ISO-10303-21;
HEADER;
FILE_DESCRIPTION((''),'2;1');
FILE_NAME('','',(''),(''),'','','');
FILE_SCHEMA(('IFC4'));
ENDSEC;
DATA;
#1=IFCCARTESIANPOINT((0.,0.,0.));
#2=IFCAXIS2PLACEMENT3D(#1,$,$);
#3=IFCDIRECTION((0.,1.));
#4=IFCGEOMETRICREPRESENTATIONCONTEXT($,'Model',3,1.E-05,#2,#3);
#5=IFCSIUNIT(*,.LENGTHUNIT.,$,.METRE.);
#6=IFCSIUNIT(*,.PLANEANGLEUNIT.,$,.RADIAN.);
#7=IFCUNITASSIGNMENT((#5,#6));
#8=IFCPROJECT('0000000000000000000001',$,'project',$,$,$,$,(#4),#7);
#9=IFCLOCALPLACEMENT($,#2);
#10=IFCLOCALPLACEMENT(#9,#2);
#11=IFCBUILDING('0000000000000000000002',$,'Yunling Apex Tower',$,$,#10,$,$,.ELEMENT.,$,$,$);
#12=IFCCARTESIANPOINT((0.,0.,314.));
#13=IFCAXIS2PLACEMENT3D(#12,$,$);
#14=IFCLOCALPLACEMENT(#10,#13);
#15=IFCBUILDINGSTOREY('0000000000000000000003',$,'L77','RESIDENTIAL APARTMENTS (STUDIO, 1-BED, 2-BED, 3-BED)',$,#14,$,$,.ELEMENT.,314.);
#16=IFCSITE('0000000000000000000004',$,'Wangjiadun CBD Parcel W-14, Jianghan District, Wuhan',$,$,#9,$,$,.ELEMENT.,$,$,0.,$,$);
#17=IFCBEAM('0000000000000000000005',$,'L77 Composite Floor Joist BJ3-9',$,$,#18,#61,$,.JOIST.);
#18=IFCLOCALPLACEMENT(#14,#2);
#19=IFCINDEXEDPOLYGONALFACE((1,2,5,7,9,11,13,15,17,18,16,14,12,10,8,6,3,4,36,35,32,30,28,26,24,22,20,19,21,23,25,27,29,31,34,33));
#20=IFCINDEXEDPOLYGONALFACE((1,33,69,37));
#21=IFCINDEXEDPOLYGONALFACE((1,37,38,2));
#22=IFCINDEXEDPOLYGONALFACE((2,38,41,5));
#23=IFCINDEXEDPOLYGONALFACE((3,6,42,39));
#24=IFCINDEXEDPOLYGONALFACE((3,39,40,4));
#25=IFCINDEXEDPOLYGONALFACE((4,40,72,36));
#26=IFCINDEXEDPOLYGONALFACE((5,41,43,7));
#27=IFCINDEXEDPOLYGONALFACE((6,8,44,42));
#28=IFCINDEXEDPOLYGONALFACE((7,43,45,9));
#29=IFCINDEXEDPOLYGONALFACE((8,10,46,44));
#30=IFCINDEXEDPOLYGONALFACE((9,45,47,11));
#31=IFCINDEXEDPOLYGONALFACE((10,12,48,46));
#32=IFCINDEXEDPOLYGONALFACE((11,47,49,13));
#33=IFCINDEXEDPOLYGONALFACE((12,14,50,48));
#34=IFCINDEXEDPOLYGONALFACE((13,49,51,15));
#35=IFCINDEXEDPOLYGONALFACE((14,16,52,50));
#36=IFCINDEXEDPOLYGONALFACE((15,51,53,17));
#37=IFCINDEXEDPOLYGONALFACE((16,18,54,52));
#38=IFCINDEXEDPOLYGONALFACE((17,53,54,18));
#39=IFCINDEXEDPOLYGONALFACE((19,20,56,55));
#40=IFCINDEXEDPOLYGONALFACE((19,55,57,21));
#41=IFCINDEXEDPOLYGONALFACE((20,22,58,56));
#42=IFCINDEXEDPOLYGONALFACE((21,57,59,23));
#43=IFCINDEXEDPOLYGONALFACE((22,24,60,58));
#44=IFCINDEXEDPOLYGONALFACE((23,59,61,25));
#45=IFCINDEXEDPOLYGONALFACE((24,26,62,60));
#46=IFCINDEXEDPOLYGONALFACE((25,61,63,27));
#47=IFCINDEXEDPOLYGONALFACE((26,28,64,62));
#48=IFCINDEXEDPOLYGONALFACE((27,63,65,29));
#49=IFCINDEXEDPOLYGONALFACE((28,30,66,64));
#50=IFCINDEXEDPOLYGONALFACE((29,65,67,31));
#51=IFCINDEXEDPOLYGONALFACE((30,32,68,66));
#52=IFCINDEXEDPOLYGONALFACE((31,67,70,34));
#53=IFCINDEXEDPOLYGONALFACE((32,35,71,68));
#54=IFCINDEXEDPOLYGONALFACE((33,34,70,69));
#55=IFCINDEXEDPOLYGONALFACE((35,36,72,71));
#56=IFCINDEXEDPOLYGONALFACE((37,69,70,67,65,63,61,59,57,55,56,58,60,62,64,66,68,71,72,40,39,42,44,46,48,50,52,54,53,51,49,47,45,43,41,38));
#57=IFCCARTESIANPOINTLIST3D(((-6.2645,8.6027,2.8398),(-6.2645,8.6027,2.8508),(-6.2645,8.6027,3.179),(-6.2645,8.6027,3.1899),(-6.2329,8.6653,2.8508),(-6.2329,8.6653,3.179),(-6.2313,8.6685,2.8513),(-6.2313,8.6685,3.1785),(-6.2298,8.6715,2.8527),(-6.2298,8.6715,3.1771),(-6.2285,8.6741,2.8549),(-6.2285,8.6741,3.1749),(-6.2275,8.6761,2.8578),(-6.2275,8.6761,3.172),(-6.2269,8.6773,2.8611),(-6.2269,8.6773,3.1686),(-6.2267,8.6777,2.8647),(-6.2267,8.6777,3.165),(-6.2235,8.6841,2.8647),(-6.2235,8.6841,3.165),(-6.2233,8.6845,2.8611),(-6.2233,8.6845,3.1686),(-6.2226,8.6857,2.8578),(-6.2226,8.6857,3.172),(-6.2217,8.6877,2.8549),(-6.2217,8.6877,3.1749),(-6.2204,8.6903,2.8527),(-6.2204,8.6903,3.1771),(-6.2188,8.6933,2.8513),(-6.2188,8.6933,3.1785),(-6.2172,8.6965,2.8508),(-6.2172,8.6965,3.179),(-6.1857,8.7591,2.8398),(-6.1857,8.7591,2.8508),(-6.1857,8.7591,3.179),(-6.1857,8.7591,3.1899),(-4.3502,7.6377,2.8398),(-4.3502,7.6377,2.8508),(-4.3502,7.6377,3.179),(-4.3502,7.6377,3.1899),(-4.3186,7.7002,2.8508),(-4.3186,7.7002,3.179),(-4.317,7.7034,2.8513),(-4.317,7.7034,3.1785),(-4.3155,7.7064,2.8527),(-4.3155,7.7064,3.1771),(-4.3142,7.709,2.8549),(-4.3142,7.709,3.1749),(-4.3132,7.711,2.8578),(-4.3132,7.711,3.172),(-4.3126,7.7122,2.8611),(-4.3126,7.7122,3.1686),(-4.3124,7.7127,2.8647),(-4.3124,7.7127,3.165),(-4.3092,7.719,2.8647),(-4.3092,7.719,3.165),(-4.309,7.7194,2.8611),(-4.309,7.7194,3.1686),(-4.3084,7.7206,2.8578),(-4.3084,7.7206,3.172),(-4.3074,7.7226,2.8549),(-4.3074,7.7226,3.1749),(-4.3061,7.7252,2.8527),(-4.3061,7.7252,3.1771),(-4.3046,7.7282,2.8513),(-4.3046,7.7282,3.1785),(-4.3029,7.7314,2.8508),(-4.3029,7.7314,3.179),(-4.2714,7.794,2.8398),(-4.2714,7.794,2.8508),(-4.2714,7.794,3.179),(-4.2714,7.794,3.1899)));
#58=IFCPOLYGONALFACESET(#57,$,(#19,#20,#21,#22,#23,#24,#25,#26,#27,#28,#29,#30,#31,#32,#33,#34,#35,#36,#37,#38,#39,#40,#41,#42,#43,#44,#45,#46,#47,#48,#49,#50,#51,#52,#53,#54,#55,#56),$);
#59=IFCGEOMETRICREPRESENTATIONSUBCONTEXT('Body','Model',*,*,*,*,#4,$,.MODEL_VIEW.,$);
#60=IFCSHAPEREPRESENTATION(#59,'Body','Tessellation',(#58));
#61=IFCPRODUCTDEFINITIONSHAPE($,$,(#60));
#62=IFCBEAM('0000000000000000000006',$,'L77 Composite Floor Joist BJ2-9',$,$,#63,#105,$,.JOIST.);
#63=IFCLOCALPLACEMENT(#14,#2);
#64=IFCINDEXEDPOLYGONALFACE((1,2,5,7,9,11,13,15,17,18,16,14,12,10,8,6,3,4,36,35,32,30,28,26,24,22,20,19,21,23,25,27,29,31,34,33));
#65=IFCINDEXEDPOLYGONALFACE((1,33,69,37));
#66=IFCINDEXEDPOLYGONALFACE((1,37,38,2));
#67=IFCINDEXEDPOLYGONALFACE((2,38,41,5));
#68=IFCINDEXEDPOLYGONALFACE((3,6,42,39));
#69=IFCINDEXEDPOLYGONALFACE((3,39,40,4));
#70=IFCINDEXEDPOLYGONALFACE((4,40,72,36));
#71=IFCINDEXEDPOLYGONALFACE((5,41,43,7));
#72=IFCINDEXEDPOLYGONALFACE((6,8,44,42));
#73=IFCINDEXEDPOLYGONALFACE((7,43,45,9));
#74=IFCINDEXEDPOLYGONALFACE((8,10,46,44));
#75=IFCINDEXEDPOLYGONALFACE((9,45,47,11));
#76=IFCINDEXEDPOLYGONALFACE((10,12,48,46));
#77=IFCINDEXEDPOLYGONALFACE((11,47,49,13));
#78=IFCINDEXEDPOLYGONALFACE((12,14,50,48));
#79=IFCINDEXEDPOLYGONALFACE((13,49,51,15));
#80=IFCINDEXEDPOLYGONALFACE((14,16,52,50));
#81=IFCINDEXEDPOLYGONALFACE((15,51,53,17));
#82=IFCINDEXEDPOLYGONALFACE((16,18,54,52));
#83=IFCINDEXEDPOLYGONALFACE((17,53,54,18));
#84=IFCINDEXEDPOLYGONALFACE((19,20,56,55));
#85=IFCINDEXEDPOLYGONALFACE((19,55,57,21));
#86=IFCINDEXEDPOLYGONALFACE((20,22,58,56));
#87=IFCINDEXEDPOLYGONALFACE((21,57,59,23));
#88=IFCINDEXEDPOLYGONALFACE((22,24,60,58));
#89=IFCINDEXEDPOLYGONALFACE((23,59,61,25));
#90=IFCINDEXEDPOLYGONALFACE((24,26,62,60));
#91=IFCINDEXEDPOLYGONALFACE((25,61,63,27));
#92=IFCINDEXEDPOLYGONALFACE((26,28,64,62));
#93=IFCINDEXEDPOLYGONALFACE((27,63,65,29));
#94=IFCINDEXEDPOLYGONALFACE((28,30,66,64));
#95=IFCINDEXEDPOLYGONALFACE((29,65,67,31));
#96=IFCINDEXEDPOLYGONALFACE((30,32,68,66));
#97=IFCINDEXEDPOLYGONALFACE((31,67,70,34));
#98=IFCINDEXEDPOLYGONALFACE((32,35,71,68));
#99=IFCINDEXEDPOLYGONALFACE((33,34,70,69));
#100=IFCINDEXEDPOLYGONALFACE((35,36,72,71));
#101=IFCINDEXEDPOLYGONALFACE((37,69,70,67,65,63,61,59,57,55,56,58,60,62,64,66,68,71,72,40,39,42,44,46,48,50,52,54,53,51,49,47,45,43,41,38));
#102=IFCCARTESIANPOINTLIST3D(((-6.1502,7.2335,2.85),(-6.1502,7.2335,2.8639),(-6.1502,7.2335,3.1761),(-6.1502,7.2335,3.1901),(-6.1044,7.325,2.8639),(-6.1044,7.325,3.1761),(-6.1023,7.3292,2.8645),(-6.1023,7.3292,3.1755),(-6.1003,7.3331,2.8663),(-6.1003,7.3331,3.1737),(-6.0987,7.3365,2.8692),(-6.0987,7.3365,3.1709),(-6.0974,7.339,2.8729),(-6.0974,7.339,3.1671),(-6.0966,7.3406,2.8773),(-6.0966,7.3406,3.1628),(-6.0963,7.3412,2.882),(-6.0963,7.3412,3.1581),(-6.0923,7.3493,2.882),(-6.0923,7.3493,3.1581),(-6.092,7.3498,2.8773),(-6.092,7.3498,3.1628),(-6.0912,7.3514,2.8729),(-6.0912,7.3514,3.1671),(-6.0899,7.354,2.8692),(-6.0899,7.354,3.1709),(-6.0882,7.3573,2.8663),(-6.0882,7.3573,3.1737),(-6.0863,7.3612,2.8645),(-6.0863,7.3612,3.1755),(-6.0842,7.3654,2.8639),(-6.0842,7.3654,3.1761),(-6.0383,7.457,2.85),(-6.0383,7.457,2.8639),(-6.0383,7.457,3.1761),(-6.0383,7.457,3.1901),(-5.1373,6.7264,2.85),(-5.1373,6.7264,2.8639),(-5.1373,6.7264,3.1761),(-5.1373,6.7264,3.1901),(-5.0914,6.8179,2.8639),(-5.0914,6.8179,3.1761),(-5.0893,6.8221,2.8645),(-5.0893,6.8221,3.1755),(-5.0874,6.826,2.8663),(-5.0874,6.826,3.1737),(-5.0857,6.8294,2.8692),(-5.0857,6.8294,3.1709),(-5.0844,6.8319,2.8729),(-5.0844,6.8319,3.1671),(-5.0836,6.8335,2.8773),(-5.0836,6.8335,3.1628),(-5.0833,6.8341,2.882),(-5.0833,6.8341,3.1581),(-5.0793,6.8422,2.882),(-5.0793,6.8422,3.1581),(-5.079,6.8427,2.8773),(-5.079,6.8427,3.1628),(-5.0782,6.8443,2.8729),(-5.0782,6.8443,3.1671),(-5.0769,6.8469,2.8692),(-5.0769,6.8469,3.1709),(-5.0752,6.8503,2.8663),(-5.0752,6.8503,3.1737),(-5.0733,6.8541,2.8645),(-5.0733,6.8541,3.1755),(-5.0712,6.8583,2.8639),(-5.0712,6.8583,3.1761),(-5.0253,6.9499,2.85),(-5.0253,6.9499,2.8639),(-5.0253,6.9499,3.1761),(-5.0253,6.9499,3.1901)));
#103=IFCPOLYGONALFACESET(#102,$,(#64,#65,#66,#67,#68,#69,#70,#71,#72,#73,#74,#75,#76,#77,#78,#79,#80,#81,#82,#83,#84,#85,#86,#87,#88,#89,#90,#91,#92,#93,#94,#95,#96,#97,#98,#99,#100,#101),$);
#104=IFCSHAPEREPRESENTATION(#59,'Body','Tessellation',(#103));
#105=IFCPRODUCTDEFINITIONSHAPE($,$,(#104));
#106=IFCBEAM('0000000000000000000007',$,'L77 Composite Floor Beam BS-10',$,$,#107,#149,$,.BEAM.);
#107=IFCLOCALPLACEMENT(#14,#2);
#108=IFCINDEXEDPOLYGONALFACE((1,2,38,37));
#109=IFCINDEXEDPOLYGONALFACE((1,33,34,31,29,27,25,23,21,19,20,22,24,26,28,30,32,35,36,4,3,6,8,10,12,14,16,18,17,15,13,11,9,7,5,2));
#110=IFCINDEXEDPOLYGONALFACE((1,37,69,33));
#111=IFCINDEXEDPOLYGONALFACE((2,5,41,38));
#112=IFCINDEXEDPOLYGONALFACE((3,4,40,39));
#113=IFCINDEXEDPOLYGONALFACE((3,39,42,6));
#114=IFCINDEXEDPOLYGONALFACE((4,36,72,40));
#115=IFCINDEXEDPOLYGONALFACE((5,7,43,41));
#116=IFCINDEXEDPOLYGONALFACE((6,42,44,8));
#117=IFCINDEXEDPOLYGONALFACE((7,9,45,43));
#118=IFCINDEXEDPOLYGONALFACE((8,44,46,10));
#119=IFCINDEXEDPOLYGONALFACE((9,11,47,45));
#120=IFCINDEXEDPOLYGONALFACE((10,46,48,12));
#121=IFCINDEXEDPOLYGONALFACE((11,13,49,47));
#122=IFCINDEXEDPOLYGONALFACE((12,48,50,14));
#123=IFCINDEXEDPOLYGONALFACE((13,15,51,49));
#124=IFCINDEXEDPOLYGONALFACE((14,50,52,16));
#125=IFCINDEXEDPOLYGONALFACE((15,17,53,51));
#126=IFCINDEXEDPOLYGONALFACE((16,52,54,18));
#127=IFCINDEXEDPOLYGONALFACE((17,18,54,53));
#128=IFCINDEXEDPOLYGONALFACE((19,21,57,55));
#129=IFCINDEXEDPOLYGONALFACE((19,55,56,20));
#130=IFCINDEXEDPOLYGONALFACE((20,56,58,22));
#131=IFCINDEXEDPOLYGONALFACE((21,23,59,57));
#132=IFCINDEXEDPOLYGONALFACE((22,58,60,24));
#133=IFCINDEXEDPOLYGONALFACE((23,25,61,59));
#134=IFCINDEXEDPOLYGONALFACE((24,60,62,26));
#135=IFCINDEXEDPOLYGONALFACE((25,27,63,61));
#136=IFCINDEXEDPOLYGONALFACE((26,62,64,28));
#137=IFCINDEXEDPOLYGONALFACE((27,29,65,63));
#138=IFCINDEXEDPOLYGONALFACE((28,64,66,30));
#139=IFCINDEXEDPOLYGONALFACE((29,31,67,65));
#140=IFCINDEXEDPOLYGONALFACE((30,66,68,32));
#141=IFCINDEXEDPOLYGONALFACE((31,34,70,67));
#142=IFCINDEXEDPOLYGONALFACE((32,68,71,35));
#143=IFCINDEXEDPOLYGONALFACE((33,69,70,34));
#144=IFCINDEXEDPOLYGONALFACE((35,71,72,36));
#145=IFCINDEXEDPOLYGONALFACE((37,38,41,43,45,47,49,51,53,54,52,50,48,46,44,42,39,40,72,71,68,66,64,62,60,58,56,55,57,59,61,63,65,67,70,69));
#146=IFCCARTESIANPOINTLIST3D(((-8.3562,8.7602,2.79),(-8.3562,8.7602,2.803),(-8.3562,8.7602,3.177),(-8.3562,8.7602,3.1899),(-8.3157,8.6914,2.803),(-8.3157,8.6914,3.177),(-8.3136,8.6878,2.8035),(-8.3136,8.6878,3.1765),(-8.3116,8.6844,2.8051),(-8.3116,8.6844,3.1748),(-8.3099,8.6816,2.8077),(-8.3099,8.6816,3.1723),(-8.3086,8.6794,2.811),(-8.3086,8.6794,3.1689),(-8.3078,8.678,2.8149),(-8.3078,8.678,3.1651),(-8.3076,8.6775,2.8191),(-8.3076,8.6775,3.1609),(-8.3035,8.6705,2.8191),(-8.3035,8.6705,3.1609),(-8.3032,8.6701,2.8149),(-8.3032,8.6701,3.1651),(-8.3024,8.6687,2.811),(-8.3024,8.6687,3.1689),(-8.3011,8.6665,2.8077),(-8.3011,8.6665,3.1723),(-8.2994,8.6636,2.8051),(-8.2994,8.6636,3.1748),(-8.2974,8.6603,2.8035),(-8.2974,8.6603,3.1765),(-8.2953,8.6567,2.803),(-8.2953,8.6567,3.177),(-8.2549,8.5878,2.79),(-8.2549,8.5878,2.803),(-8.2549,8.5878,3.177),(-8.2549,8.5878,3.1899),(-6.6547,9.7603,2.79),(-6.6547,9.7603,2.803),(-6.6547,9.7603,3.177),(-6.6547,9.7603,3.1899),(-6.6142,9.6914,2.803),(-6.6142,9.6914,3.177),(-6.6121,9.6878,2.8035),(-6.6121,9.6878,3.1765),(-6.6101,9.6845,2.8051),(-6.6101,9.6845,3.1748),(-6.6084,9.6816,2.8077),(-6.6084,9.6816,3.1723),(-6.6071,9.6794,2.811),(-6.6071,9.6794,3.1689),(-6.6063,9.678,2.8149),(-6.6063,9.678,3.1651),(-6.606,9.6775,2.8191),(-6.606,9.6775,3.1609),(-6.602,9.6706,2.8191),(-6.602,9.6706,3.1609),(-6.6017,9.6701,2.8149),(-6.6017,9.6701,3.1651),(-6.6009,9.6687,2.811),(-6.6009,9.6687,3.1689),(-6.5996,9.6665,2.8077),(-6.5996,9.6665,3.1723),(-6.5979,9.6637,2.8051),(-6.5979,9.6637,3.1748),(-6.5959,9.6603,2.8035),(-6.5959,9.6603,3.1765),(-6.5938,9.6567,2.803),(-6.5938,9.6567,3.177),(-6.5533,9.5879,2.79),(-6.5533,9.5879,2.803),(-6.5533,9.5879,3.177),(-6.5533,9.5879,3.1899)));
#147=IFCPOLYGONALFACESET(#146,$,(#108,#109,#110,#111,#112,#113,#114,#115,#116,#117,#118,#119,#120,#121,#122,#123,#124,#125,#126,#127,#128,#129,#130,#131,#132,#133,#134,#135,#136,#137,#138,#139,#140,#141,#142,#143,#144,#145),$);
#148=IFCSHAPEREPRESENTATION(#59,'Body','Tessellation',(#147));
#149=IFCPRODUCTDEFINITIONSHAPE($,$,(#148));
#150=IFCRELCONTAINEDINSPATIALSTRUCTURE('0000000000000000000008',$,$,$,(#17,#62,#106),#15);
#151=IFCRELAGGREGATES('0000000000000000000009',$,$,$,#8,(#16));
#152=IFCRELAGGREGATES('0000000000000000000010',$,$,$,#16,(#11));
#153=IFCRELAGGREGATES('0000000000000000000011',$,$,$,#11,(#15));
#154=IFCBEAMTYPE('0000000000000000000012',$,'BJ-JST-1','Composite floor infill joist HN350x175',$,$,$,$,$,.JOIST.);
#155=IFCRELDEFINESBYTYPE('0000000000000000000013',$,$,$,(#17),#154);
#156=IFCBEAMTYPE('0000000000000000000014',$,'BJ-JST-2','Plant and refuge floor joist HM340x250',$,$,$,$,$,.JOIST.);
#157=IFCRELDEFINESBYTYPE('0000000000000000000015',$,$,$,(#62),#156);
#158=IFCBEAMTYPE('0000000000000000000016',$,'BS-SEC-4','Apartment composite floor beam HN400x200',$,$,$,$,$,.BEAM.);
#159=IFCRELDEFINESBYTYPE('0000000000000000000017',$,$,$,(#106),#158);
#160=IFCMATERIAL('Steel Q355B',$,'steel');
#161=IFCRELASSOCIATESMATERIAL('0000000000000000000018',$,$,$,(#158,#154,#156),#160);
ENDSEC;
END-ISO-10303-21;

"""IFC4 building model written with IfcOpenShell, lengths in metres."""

from ifc_helpers import new_model, si_unit, direction, frame, origin, origin_2d, place, context, subcontext, project, spatial, i_section, extrude, source, transform, mapped, material, material_profile, profile_set, type_object, element, save


model = new_model("IFC4")

# Units and contexts
model_context = context("Model", 3, precision=1e-05, world=origin(), true_north=direction((0.0, 1.0)))
body_context = subcontext(model_context, "Body", "Model", "MODEL_VIEW")
ifc_project = project(units=[si_unit("LENGTHUNIT", "METRE"), si_unit("PLANEANGLEUNIT", "RADIAN")], contexts=[model_context])

# Site, building, storey
site_placement = place(None, origin())
site = spatial("IfcSite", under=ifc_project, at=site_placement, Name="Wangjiadun CBD Parcel W-14, Jianghan District, Wuhan", CompositionType="ELEMENT", RefElevation=0.0)
building_placement = place(site_placement, origin())
building = spatial("IfcBuilding", under=site, at=building_placement, Name="Yunling Apex Tower", CompositionType="ELEMENT")
storey_placement = place(building_placement, frame((0.0, 0.0, 314.0)))
storey = spatial("IfcBuildingStorey", under=building, at=storey_placement, Name="L77", Description="RESIDENTIAL APARTMENTS (STUDIO, 1-BED, 2-BED, 3-BED)", CompositionType="ELEMENT", Elevation=314.0)

# Shared definitions
ifc_material_1 = material(Name="Steel Q355B", Category="steel")

# Beams
ifc_material_profile_1 = material_profile(ifc_material_1, i_section(OverallWidth=0.2, OverallDepth=0.3999, WebThickness=0.0081, FlangeThickness=0.0129, FilletRadius=0.0161, at=origin_2d()))
ifc_profile_set_1 = profile_set([ifc_material_profile_1], Name="Steel Q355B")
beam_type_1 = type_object("IfcBeamType", Name="BS-SEC-4", Description="Apartment composite floor beam HN400x200", PredefinedType="BEAM", material=ifc_profile_set_1)
ifc_material_profile_2 = material_profile(ifc_material_1, i_section(OverallWidth=0.175, OverallDepth=0.3501, WebThickness=0.0071, FlangeThickness=0.011, FilletRadius=0.0139, at=origin_2d()))
ifc_profile_set_2 = profile_set([ifc_material_profile_2], Name="Steel Q355B")
beam_type_2 = type_object("IfcBeamType", Name="BJ-JST-1", Description="Composite floor infill joist HN350x175", PredefinedType="JOIST", material=ifc_profile_set_2)
shared_shape_1 = source(origin(), body_context, "Body", "SweptSolid", [
    extrude(i_section(OverallWidth=0.175, OverallDepth=0.3501, WebThickness=0.0071, FlangeThickness=0.011, FilletRadius=0.0139, at=origin_2d()), origin(), (0.0, 0.0, 1.0), 2.1438),
])
beam_1_placement = place(storey_placement, frame((-4.3108, 7.7158, 3.0149), z_axis=(-0.892942, 0.450172, 0.0), x_axis=(-0.450172, -0.892942, 0.0)))
element("IfcBeam", 1, at=beam_1_placement, inside=storey, type_object=beam_type_2, Name="L77 Composite Floor Joist BJ3-9", PredefinedType="JOIST", context=body_context, shape_type="MappedRepresentation", body=[
    mapped(shared_shape_1, transform((0.0, 0.0, 0.0), scale=1.0)),
])
ifc_material_profile_3 = material_profile(ifc_material_1, i_section(OverallWidth=0.25, OverallDepth=0.3401, WebThickness=0.009, FlangeThickness=0.0139, FilletRadius=0.0181, at=origin_2d()))
ifc_profile_set_3 = profile_set([ifc_material_profile_3], Name="Steel Q355B")
beam_type_3 = type_object("IfcBeamType", Name="BJ-JST-2", Description="Plant and refuge floor joist HM340x250", PredefinedType="JOIST", material=ifc_profile_set_3)
shared_shape_2 = source(origin(), body_context, "Body", "SweptSolid", [
    extrude(i_section(OverallWidth=0.25, OverallDepth=0.3401, WebThickness=0.009, FlangeThickness=0.0139, FilletRadius=0.0181, at=origin_2d()), origin(), (0.0, 0.0, 1.0), 1.1328),
])
beam_2_placement = place(storey_placement, frame((-5.0813, 6.8381, 3.02), z_axis=(-0.894212, 0.447645, 0.0), x_axis=(-0.447645, -0.894212, 0.0)))
element("IfcBeam", 2, at=beam_2_placement, inside=storey, type_object=beam_type_3, Name="L77 Composite Floor Joist BJ2-9", PredefinedType="JOIST", context=body_context, shape_type="MappedRepresentation", body=[
    mapped(shared_shape_2, transform((0.0, 0.0, 0.0), scale=1.0)),
])
shared_shape_3 = source(origin(), body_context, "Body", "SweptSolid", [
    extrude(i_section(OverallWidth=0.2, OverallDepth=0.3999, WebThickness=0.0081, FlangeThickness=0.0129, FilletRadius=0.0161, at=origin_2d()), origin(), (0.0, 0.0, 1.0), 1.9736),
])
beam_3_placement = place(storey_placement, frame((-6.604, 9.6741, 2.99), z_axis=(-0.862119, -0.506707, 0.0), x_axis=(0.506707, -0.862119, 0.0)))
element("IfcBeam", 3, at=beam_3_placement, inside=storey, type_object=beam_type_1, Name="L77 Composite Floor Beam BS-10", PredefinedType="BEAM", context=body_context, shape_type="MappedRepresentation", body=[
    mapped(shared_shape_3, transform((0.0, 0.0, 0.0), scale=1.0)),
])

save(model, "model.ifc")
